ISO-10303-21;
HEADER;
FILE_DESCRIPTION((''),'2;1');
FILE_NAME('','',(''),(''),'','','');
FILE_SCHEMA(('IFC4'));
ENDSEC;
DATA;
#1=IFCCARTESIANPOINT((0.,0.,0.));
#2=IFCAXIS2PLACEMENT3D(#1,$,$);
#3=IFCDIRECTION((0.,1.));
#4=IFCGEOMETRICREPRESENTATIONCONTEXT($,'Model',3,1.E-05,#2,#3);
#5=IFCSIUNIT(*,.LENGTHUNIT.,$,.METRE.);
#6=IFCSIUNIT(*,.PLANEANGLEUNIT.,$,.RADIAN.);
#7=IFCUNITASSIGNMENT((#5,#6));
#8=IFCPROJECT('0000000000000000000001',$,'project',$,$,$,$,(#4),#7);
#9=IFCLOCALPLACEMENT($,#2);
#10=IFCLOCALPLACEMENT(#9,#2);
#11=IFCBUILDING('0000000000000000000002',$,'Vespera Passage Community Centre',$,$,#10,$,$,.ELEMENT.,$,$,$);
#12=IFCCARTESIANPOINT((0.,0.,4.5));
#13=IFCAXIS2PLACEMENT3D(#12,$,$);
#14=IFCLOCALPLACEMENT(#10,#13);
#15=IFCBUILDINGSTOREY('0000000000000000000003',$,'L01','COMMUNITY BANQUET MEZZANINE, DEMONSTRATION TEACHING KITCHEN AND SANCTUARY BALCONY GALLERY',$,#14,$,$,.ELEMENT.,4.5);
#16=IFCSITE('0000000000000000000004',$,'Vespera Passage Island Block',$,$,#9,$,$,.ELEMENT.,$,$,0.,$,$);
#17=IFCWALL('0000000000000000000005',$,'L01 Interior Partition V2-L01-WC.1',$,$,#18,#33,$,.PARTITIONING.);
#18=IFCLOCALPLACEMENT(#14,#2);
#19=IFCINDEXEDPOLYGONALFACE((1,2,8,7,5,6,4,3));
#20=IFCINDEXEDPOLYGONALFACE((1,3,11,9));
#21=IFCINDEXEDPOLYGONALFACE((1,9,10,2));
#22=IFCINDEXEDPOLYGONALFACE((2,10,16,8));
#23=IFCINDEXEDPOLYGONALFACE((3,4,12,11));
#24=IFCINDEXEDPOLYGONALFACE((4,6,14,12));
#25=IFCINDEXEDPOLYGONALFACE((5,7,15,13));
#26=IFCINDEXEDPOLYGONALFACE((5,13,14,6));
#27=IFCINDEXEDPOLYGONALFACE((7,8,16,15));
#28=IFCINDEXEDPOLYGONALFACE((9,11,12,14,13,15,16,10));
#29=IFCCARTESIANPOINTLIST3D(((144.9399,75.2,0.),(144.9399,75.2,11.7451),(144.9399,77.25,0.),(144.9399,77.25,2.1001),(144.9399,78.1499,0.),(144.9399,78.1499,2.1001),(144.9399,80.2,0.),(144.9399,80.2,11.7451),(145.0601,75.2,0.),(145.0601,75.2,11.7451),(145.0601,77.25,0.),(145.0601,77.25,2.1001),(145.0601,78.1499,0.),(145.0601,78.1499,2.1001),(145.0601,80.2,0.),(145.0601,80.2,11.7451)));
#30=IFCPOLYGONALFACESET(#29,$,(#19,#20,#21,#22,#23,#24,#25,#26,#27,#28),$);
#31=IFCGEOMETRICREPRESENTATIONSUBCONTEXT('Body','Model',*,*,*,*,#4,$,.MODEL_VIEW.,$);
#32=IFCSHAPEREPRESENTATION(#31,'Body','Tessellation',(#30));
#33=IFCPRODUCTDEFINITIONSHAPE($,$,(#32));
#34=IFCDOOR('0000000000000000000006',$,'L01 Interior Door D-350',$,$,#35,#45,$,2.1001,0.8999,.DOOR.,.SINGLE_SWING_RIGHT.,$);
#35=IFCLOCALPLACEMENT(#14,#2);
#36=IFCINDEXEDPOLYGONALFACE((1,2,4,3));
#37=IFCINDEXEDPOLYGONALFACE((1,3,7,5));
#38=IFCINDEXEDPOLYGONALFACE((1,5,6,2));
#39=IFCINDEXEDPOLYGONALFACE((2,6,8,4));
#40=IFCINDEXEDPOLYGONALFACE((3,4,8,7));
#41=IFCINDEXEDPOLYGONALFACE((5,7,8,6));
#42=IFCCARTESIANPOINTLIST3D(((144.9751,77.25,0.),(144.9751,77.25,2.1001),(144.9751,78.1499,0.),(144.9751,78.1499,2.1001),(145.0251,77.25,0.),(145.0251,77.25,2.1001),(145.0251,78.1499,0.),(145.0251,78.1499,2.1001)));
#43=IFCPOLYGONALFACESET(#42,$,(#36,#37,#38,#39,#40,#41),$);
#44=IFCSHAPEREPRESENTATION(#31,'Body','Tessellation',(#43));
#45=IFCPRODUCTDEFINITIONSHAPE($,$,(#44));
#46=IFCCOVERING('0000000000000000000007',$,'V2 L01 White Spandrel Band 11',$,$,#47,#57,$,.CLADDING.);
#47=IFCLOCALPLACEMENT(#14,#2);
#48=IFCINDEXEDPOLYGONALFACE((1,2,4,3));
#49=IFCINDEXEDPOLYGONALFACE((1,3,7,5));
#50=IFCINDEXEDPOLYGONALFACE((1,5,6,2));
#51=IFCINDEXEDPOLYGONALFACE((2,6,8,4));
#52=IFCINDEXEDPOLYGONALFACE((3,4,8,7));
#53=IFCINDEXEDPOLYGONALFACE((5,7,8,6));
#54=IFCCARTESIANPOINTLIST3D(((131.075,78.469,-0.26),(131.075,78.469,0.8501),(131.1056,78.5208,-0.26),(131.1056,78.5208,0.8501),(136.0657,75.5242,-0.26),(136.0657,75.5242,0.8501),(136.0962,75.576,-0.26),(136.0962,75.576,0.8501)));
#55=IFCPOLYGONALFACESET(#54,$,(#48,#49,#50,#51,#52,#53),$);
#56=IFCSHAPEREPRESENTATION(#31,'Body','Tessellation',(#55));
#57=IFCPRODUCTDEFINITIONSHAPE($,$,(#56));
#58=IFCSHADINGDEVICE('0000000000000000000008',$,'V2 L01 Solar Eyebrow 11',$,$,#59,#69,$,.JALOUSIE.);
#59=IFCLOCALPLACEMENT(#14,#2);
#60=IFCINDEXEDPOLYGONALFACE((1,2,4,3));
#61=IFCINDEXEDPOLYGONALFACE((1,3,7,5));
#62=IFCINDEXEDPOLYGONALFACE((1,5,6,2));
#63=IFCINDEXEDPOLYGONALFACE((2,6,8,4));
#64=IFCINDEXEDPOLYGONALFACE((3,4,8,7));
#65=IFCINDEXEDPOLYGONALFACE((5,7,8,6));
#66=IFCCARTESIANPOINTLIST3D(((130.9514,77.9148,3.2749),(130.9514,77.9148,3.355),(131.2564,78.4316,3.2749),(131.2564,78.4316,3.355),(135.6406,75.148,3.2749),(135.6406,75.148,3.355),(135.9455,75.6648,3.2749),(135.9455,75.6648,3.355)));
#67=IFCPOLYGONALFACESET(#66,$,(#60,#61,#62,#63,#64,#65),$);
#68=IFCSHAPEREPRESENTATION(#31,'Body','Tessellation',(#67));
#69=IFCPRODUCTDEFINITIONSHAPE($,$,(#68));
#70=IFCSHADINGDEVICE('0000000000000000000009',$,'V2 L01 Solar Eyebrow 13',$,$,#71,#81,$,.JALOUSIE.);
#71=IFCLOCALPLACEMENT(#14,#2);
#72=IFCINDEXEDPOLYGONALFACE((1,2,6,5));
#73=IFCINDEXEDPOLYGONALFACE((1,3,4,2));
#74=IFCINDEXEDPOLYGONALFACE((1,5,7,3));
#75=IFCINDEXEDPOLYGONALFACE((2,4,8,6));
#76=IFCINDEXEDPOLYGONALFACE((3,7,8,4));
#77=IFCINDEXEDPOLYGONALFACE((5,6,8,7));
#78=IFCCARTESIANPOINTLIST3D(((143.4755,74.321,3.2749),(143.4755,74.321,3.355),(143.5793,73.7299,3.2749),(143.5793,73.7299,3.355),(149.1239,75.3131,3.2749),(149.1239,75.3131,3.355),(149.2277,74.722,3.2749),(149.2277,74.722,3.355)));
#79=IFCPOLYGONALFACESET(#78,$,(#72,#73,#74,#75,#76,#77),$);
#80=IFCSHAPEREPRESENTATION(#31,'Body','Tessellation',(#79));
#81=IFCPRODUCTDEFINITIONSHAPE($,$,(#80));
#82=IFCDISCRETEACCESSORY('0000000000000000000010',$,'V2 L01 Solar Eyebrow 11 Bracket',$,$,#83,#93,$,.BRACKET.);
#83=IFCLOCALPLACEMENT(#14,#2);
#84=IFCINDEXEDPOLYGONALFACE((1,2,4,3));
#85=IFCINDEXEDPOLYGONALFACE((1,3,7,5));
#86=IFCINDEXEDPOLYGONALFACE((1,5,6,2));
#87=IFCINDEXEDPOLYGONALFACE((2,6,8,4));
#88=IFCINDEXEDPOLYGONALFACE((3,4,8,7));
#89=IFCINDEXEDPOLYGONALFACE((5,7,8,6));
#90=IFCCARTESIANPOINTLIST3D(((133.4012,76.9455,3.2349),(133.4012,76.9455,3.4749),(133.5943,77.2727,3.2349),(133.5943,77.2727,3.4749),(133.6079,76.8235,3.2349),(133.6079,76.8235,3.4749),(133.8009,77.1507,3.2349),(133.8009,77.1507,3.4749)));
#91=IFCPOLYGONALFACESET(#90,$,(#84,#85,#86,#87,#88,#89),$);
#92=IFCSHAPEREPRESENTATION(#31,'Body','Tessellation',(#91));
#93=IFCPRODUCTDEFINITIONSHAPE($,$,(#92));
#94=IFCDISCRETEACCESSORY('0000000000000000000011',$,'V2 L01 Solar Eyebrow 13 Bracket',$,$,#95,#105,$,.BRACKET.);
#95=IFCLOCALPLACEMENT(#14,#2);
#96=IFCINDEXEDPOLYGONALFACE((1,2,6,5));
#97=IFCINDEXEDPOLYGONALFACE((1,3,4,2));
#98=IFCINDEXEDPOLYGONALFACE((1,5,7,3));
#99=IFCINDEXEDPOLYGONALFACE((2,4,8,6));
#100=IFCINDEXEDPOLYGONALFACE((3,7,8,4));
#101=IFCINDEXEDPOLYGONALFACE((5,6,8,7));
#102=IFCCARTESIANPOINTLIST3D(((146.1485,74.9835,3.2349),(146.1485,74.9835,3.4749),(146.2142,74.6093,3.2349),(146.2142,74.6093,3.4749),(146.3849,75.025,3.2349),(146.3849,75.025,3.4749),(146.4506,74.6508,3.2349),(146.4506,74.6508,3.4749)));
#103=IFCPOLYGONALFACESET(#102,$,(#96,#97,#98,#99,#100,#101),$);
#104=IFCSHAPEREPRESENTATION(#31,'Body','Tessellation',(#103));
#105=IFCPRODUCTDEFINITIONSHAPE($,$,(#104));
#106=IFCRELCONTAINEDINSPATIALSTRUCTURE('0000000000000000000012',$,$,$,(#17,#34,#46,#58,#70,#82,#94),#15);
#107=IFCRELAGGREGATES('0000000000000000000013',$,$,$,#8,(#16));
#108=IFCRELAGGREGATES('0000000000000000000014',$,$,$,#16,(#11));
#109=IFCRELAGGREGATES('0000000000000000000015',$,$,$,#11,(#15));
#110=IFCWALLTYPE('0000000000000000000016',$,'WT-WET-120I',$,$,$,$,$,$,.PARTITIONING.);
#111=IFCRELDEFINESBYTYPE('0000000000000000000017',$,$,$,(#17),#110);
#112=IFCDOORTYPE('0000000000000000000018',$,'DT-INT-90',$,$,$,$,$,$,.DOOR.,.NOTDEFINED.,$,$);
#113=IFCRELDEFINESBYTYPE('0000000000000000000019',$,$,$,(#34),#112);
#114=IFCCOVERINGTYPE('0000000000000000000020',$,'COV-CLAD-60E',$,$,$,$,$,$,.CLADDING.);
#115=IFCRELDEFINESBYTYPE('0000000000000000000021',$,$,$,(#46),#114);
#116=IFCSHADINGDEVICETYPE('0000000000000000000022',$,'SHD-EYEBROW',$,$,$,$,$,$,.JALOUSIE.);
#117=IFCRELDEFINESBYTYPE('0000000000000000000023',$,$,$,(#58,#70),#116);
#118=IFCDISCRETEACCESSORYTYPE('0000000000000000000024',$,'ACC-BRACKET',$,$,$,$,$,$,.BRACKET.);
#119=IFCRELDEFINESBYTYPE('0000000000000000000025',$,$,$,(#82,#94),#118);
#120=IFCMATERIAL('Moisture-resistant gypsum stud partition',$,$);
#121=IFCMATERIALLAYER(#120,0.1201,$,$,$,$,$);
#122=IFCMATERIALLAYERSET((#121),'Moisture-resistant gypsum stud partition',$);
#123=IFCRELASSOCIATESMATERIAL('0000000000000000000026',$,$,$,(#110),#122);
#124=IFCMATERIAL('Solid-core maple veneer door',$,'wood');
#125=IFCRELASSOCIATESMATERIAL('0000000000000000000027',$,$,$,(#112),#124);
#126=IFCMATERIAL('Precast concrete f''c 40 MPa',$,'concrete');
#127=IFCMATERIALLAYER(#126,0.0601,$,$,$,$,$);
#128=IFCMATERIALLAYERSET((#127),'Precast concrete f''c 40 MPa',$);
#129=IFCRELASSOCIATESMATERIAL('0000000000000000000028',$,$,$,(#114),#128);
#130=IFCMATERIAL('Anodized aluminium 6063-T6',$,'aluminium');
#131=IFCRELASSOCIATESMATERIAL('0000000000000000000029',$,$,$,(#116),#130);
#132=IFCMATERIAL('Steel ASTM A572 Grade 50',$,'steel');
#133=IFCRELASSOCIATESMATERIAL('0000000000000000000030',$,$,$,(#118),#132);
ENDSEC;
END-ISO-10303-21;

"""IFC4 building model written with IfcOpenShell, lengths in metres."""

from ifc_helpers import new_model, si_unit, direction, frame, frame_2d, origin, origin_2d, place, context, subcontext, project, spatial, rectangle, extrude, material, layer, layer_set, type_object, element, fill, save


model = new_model("IFC4")

# Units and contexts
model_context = context("Model", 3, precision=1e-05, world=origin(), true_north=direction((0.0, 1.0)))
body_context = subcontext(model_context, "Body", "Model", "MODEL_VIEW")
ifc_project = project(units=[si_unit("LENGTHUNIT", "METRE"), si_unit("PLANEANGLEUNIT", "RADIAN")], contexts=[model_context])

# Site, building, storey
site_placement = place(None, origin())
site = spatial("IfcSite", under=ifc_project, at=site_placement, Name="Vespera Passage Island Block", CompositionType="ELEMENT", RefElevation=0.0)
building_placement = place(site_placement, origin())
building = spatial("IfcBuilding", under=site, at=building_placement, Name="Vespera Passage Community Centre", CompositionType="ELEMENT")
storey_placement = place(building_placement, frame((0.0, 0.0, 4.5)))
storey = spatial("IfcBuildingStorey", under=building, at=storey_placement, Name="L01", Description="COMMUNITY BANQUET MEZZANINE, DEMONSTRATION TEACHING KITCHEN AND SANCTUARY BALCONY GALLERY", CompositionType="ELEMENT", Elevation=4.5)

# Wall, opening, door
ifc_material_1 = material(Name="Moisture-resistant gypsum stud partition")
ifc_layer_1 = layer(ifc_material_1, 0.1201)
ifc_layer_set_1 = layer_set([ifc_layer_1], Name="Moisture-resistant gypsum stud partition")
wall_type_1 = type_object("IfcWallType", Name="WT-WET-120I", PredefinedType="PARTITIONING", material=ifc_layer_set_1)
wall_1_placement = place(storey_placement, frame((145.0, 75.2, 0.0), z_axis=(0.0, 0.0, 1.0), x_axis=(0.0, 1.0, 0.0)))
wall_1 = element("IfcWall", 1, at=wall_1_placement, inside=storey, type_object=wall_type_1, Name="L01 Interior Partition V2-L01-WC.1", PredefinedType="PARTITIONING", context=body_context, shape_type="SweptSolid", body=[
    extrude(rectangle(XDim=5.0, YDim=0.1201, at=frame_2d((2.5, 0.0))), origin(), (0.0, 0.0, 1.0), 11.7451),
])
opening_placement = place(wall_1_placement, frame((2.05, 0.0, 0.0)))
opening = element("IfcOpeningElement", 2, at=opening_placement, cuts=wall_1, PredefinedType="OPENING", context=body_context, shape_type="SweptSolid", body=[
    extrude(rectangle(XDim=0.8999, YDim=2.1001, at=frame_2d((0.45, 1.05))), frame((0.0, 0.0701, 0.0), z_axis=(0.0, -1.0, 0.0), x_axis=(1.0, 0.0, 0.0)), (0.0, 0.0, 1.0), 0.1401),
])
ifc_material_2 = material(Name="Solid-core maple veneer door", Category="wood")
door_type = type_object("IfcDoorType", Name="DT-INT-90", OperationType="NOTDEFINED", PredefinedType="DOOR", material=ifc_material_2)
door_placement = place(opening_placement, origin())
door = element("IfcDoor", 3, at=door_placement, inside=storey, type_object=door_type, Name="L01 Interior Door D-350", OperationType="SINGLE_SWING_RIGHT", OverallHeight=2.1001, OverallWidth=0.8999, PredefinedType="DOOR", context=body_context, shape_type="SweptSolid", body=[
    extrude(rectangle(XDim=0.8999, YDim=2.1001, at=frame_2d((0.45, 1.05))), frame((0.0, 0.0249, 0.0), z_axis=(0.0, -1.0, 0.0), x_axis=(1.0, 0.0, 0.0)), (0.0, 0.0, 1.0), 0.05),
])
fill(opening, door)

# Covering
ifc_material_3 = material(Name="Precast concrete f'c 40 MPa", Category="concrete")
ifc_layer_2 = layer(ifc_material_3, 0.0601)
ifc_layer_set_2 = layer_set([ifc_layer_2], Name="Precast concrete f'c 40 MPa")
covering_type = type_object("IfcCoveringType", Name="COV-CLAD-60E", PredefinedType="CLADDING", material=ifc_layer_set_2)
covering_placement = place(storey_placement, frame((136.0811, 75.55, -0.26), z_axis=(0.0, 0.0, 1.0), x_axis=(-0.861247, 0.508187, 0.0)))
element("IfcCovering", 4, at=covering_placement, inside=storey, type_object=covering_type, Name="V2 L01 White Spandrel Band 11", PredefinedType="CLADDING", context=body_context, shape_type="SweptSolid", body=[
    extrude(rectangle(XDim=5.7947, YDim=0.0601, at=frame_2d((2.8975, 0.0))), origin(), (0.0, 0.0, 1.0), 1.1101),
])

# Shading devices
ifc_material_4 = material(Name="Anodized aluminium 6063-T6", Category="aluminium")
shading_device_type = type_object("IfcShadingDeviceType", Name="SHD-EYEBROW", PredefinedType="JALOUSIE", material=ifc_material_4)
shading_device_1_placement = place(storey_placement, frame((133.4485, 76.7898, 3.2749), z_axis=(0.0, 0.0, 1.0), x_axis=(-0.861248, 0.508185, 0.0)))
element("IfcShadingDevice", 5, at=shading_device_1_placement, inside=storey, type_object=shading_device_type, Name="V2 L01 Solar Eyebrow 11", PredefinedType="JALOUSIE", context=body_context, shape_type="SweptSolid", body=[
    extrude(rectangle(XDim=5.4446, YDim=0.6001, at=origin_2d()), origin(), (0.0, 0.0, 1.0), 0.0801),
])
shading_device_2_placement = place(storey_placement, frame((146.3516, 74.5215, 3.2749), z_axis=(0.0, 0.0, 1.0), x_axis=(-0.984923, -0.172995, 0.0)))
element("IfcShadingDevice", 6, at=shading_device_2_placement, inside=storey, type_object=shading_device_type, Name="V2 L01 Solar Eyebrow 13", PredefinedType="JALOUSIE", context=body_context, shape_type="SweptSolid", body=[
    extrude(rectangle(XDim=5.7349, YDim=0.6001, at=origin_2d()), origin(), (0.0, 0.0, 1.0), 0.0801),
])

# Discrete accessories
ifc_material_5 = material(Name="Steel ASTM A572 Grade 50", Category="steel")
discrete_accessory_type = type_object("IfcDiscreteAccessoryType", Name="ACC-BRACKET", PredefinedType="BRACKET", material=ifc_material_5)
for number, where, z_axis, x_axis, name in (
    (7, (133.6011, 77.0481, 3.2349), (0.0, 0.0, 1.0), (-0.861248, 0.508185, 0.0), "V2 L01 Solar Eyebrow 11 Bracket"),
    (8, (146.2996, 74.8171, 3.2349), (0.0, 0.0, 1.0), (-0.984923, -0.172995, 0.0), "V2 L01 Solar Eyebrow 13 Bracket"),
):
    element("IfcDiscreteAccessory", number, at=place(storey_placement, frame(where, z_axis=z_axis, x_axis=x_axis)), inside=storey, type_object=discrete_accessory_type, Name=name, PredefinedType="BRACKET", context=body_context, shape_type="SweptSolid", body=[
        extrude(rectangle(XDim=0.24, YDim=0.3799, at=origin_2d()), origin(), (0.0, 0.0, 1.0), 0.24),
    ])

save(model, "model.ifc")
